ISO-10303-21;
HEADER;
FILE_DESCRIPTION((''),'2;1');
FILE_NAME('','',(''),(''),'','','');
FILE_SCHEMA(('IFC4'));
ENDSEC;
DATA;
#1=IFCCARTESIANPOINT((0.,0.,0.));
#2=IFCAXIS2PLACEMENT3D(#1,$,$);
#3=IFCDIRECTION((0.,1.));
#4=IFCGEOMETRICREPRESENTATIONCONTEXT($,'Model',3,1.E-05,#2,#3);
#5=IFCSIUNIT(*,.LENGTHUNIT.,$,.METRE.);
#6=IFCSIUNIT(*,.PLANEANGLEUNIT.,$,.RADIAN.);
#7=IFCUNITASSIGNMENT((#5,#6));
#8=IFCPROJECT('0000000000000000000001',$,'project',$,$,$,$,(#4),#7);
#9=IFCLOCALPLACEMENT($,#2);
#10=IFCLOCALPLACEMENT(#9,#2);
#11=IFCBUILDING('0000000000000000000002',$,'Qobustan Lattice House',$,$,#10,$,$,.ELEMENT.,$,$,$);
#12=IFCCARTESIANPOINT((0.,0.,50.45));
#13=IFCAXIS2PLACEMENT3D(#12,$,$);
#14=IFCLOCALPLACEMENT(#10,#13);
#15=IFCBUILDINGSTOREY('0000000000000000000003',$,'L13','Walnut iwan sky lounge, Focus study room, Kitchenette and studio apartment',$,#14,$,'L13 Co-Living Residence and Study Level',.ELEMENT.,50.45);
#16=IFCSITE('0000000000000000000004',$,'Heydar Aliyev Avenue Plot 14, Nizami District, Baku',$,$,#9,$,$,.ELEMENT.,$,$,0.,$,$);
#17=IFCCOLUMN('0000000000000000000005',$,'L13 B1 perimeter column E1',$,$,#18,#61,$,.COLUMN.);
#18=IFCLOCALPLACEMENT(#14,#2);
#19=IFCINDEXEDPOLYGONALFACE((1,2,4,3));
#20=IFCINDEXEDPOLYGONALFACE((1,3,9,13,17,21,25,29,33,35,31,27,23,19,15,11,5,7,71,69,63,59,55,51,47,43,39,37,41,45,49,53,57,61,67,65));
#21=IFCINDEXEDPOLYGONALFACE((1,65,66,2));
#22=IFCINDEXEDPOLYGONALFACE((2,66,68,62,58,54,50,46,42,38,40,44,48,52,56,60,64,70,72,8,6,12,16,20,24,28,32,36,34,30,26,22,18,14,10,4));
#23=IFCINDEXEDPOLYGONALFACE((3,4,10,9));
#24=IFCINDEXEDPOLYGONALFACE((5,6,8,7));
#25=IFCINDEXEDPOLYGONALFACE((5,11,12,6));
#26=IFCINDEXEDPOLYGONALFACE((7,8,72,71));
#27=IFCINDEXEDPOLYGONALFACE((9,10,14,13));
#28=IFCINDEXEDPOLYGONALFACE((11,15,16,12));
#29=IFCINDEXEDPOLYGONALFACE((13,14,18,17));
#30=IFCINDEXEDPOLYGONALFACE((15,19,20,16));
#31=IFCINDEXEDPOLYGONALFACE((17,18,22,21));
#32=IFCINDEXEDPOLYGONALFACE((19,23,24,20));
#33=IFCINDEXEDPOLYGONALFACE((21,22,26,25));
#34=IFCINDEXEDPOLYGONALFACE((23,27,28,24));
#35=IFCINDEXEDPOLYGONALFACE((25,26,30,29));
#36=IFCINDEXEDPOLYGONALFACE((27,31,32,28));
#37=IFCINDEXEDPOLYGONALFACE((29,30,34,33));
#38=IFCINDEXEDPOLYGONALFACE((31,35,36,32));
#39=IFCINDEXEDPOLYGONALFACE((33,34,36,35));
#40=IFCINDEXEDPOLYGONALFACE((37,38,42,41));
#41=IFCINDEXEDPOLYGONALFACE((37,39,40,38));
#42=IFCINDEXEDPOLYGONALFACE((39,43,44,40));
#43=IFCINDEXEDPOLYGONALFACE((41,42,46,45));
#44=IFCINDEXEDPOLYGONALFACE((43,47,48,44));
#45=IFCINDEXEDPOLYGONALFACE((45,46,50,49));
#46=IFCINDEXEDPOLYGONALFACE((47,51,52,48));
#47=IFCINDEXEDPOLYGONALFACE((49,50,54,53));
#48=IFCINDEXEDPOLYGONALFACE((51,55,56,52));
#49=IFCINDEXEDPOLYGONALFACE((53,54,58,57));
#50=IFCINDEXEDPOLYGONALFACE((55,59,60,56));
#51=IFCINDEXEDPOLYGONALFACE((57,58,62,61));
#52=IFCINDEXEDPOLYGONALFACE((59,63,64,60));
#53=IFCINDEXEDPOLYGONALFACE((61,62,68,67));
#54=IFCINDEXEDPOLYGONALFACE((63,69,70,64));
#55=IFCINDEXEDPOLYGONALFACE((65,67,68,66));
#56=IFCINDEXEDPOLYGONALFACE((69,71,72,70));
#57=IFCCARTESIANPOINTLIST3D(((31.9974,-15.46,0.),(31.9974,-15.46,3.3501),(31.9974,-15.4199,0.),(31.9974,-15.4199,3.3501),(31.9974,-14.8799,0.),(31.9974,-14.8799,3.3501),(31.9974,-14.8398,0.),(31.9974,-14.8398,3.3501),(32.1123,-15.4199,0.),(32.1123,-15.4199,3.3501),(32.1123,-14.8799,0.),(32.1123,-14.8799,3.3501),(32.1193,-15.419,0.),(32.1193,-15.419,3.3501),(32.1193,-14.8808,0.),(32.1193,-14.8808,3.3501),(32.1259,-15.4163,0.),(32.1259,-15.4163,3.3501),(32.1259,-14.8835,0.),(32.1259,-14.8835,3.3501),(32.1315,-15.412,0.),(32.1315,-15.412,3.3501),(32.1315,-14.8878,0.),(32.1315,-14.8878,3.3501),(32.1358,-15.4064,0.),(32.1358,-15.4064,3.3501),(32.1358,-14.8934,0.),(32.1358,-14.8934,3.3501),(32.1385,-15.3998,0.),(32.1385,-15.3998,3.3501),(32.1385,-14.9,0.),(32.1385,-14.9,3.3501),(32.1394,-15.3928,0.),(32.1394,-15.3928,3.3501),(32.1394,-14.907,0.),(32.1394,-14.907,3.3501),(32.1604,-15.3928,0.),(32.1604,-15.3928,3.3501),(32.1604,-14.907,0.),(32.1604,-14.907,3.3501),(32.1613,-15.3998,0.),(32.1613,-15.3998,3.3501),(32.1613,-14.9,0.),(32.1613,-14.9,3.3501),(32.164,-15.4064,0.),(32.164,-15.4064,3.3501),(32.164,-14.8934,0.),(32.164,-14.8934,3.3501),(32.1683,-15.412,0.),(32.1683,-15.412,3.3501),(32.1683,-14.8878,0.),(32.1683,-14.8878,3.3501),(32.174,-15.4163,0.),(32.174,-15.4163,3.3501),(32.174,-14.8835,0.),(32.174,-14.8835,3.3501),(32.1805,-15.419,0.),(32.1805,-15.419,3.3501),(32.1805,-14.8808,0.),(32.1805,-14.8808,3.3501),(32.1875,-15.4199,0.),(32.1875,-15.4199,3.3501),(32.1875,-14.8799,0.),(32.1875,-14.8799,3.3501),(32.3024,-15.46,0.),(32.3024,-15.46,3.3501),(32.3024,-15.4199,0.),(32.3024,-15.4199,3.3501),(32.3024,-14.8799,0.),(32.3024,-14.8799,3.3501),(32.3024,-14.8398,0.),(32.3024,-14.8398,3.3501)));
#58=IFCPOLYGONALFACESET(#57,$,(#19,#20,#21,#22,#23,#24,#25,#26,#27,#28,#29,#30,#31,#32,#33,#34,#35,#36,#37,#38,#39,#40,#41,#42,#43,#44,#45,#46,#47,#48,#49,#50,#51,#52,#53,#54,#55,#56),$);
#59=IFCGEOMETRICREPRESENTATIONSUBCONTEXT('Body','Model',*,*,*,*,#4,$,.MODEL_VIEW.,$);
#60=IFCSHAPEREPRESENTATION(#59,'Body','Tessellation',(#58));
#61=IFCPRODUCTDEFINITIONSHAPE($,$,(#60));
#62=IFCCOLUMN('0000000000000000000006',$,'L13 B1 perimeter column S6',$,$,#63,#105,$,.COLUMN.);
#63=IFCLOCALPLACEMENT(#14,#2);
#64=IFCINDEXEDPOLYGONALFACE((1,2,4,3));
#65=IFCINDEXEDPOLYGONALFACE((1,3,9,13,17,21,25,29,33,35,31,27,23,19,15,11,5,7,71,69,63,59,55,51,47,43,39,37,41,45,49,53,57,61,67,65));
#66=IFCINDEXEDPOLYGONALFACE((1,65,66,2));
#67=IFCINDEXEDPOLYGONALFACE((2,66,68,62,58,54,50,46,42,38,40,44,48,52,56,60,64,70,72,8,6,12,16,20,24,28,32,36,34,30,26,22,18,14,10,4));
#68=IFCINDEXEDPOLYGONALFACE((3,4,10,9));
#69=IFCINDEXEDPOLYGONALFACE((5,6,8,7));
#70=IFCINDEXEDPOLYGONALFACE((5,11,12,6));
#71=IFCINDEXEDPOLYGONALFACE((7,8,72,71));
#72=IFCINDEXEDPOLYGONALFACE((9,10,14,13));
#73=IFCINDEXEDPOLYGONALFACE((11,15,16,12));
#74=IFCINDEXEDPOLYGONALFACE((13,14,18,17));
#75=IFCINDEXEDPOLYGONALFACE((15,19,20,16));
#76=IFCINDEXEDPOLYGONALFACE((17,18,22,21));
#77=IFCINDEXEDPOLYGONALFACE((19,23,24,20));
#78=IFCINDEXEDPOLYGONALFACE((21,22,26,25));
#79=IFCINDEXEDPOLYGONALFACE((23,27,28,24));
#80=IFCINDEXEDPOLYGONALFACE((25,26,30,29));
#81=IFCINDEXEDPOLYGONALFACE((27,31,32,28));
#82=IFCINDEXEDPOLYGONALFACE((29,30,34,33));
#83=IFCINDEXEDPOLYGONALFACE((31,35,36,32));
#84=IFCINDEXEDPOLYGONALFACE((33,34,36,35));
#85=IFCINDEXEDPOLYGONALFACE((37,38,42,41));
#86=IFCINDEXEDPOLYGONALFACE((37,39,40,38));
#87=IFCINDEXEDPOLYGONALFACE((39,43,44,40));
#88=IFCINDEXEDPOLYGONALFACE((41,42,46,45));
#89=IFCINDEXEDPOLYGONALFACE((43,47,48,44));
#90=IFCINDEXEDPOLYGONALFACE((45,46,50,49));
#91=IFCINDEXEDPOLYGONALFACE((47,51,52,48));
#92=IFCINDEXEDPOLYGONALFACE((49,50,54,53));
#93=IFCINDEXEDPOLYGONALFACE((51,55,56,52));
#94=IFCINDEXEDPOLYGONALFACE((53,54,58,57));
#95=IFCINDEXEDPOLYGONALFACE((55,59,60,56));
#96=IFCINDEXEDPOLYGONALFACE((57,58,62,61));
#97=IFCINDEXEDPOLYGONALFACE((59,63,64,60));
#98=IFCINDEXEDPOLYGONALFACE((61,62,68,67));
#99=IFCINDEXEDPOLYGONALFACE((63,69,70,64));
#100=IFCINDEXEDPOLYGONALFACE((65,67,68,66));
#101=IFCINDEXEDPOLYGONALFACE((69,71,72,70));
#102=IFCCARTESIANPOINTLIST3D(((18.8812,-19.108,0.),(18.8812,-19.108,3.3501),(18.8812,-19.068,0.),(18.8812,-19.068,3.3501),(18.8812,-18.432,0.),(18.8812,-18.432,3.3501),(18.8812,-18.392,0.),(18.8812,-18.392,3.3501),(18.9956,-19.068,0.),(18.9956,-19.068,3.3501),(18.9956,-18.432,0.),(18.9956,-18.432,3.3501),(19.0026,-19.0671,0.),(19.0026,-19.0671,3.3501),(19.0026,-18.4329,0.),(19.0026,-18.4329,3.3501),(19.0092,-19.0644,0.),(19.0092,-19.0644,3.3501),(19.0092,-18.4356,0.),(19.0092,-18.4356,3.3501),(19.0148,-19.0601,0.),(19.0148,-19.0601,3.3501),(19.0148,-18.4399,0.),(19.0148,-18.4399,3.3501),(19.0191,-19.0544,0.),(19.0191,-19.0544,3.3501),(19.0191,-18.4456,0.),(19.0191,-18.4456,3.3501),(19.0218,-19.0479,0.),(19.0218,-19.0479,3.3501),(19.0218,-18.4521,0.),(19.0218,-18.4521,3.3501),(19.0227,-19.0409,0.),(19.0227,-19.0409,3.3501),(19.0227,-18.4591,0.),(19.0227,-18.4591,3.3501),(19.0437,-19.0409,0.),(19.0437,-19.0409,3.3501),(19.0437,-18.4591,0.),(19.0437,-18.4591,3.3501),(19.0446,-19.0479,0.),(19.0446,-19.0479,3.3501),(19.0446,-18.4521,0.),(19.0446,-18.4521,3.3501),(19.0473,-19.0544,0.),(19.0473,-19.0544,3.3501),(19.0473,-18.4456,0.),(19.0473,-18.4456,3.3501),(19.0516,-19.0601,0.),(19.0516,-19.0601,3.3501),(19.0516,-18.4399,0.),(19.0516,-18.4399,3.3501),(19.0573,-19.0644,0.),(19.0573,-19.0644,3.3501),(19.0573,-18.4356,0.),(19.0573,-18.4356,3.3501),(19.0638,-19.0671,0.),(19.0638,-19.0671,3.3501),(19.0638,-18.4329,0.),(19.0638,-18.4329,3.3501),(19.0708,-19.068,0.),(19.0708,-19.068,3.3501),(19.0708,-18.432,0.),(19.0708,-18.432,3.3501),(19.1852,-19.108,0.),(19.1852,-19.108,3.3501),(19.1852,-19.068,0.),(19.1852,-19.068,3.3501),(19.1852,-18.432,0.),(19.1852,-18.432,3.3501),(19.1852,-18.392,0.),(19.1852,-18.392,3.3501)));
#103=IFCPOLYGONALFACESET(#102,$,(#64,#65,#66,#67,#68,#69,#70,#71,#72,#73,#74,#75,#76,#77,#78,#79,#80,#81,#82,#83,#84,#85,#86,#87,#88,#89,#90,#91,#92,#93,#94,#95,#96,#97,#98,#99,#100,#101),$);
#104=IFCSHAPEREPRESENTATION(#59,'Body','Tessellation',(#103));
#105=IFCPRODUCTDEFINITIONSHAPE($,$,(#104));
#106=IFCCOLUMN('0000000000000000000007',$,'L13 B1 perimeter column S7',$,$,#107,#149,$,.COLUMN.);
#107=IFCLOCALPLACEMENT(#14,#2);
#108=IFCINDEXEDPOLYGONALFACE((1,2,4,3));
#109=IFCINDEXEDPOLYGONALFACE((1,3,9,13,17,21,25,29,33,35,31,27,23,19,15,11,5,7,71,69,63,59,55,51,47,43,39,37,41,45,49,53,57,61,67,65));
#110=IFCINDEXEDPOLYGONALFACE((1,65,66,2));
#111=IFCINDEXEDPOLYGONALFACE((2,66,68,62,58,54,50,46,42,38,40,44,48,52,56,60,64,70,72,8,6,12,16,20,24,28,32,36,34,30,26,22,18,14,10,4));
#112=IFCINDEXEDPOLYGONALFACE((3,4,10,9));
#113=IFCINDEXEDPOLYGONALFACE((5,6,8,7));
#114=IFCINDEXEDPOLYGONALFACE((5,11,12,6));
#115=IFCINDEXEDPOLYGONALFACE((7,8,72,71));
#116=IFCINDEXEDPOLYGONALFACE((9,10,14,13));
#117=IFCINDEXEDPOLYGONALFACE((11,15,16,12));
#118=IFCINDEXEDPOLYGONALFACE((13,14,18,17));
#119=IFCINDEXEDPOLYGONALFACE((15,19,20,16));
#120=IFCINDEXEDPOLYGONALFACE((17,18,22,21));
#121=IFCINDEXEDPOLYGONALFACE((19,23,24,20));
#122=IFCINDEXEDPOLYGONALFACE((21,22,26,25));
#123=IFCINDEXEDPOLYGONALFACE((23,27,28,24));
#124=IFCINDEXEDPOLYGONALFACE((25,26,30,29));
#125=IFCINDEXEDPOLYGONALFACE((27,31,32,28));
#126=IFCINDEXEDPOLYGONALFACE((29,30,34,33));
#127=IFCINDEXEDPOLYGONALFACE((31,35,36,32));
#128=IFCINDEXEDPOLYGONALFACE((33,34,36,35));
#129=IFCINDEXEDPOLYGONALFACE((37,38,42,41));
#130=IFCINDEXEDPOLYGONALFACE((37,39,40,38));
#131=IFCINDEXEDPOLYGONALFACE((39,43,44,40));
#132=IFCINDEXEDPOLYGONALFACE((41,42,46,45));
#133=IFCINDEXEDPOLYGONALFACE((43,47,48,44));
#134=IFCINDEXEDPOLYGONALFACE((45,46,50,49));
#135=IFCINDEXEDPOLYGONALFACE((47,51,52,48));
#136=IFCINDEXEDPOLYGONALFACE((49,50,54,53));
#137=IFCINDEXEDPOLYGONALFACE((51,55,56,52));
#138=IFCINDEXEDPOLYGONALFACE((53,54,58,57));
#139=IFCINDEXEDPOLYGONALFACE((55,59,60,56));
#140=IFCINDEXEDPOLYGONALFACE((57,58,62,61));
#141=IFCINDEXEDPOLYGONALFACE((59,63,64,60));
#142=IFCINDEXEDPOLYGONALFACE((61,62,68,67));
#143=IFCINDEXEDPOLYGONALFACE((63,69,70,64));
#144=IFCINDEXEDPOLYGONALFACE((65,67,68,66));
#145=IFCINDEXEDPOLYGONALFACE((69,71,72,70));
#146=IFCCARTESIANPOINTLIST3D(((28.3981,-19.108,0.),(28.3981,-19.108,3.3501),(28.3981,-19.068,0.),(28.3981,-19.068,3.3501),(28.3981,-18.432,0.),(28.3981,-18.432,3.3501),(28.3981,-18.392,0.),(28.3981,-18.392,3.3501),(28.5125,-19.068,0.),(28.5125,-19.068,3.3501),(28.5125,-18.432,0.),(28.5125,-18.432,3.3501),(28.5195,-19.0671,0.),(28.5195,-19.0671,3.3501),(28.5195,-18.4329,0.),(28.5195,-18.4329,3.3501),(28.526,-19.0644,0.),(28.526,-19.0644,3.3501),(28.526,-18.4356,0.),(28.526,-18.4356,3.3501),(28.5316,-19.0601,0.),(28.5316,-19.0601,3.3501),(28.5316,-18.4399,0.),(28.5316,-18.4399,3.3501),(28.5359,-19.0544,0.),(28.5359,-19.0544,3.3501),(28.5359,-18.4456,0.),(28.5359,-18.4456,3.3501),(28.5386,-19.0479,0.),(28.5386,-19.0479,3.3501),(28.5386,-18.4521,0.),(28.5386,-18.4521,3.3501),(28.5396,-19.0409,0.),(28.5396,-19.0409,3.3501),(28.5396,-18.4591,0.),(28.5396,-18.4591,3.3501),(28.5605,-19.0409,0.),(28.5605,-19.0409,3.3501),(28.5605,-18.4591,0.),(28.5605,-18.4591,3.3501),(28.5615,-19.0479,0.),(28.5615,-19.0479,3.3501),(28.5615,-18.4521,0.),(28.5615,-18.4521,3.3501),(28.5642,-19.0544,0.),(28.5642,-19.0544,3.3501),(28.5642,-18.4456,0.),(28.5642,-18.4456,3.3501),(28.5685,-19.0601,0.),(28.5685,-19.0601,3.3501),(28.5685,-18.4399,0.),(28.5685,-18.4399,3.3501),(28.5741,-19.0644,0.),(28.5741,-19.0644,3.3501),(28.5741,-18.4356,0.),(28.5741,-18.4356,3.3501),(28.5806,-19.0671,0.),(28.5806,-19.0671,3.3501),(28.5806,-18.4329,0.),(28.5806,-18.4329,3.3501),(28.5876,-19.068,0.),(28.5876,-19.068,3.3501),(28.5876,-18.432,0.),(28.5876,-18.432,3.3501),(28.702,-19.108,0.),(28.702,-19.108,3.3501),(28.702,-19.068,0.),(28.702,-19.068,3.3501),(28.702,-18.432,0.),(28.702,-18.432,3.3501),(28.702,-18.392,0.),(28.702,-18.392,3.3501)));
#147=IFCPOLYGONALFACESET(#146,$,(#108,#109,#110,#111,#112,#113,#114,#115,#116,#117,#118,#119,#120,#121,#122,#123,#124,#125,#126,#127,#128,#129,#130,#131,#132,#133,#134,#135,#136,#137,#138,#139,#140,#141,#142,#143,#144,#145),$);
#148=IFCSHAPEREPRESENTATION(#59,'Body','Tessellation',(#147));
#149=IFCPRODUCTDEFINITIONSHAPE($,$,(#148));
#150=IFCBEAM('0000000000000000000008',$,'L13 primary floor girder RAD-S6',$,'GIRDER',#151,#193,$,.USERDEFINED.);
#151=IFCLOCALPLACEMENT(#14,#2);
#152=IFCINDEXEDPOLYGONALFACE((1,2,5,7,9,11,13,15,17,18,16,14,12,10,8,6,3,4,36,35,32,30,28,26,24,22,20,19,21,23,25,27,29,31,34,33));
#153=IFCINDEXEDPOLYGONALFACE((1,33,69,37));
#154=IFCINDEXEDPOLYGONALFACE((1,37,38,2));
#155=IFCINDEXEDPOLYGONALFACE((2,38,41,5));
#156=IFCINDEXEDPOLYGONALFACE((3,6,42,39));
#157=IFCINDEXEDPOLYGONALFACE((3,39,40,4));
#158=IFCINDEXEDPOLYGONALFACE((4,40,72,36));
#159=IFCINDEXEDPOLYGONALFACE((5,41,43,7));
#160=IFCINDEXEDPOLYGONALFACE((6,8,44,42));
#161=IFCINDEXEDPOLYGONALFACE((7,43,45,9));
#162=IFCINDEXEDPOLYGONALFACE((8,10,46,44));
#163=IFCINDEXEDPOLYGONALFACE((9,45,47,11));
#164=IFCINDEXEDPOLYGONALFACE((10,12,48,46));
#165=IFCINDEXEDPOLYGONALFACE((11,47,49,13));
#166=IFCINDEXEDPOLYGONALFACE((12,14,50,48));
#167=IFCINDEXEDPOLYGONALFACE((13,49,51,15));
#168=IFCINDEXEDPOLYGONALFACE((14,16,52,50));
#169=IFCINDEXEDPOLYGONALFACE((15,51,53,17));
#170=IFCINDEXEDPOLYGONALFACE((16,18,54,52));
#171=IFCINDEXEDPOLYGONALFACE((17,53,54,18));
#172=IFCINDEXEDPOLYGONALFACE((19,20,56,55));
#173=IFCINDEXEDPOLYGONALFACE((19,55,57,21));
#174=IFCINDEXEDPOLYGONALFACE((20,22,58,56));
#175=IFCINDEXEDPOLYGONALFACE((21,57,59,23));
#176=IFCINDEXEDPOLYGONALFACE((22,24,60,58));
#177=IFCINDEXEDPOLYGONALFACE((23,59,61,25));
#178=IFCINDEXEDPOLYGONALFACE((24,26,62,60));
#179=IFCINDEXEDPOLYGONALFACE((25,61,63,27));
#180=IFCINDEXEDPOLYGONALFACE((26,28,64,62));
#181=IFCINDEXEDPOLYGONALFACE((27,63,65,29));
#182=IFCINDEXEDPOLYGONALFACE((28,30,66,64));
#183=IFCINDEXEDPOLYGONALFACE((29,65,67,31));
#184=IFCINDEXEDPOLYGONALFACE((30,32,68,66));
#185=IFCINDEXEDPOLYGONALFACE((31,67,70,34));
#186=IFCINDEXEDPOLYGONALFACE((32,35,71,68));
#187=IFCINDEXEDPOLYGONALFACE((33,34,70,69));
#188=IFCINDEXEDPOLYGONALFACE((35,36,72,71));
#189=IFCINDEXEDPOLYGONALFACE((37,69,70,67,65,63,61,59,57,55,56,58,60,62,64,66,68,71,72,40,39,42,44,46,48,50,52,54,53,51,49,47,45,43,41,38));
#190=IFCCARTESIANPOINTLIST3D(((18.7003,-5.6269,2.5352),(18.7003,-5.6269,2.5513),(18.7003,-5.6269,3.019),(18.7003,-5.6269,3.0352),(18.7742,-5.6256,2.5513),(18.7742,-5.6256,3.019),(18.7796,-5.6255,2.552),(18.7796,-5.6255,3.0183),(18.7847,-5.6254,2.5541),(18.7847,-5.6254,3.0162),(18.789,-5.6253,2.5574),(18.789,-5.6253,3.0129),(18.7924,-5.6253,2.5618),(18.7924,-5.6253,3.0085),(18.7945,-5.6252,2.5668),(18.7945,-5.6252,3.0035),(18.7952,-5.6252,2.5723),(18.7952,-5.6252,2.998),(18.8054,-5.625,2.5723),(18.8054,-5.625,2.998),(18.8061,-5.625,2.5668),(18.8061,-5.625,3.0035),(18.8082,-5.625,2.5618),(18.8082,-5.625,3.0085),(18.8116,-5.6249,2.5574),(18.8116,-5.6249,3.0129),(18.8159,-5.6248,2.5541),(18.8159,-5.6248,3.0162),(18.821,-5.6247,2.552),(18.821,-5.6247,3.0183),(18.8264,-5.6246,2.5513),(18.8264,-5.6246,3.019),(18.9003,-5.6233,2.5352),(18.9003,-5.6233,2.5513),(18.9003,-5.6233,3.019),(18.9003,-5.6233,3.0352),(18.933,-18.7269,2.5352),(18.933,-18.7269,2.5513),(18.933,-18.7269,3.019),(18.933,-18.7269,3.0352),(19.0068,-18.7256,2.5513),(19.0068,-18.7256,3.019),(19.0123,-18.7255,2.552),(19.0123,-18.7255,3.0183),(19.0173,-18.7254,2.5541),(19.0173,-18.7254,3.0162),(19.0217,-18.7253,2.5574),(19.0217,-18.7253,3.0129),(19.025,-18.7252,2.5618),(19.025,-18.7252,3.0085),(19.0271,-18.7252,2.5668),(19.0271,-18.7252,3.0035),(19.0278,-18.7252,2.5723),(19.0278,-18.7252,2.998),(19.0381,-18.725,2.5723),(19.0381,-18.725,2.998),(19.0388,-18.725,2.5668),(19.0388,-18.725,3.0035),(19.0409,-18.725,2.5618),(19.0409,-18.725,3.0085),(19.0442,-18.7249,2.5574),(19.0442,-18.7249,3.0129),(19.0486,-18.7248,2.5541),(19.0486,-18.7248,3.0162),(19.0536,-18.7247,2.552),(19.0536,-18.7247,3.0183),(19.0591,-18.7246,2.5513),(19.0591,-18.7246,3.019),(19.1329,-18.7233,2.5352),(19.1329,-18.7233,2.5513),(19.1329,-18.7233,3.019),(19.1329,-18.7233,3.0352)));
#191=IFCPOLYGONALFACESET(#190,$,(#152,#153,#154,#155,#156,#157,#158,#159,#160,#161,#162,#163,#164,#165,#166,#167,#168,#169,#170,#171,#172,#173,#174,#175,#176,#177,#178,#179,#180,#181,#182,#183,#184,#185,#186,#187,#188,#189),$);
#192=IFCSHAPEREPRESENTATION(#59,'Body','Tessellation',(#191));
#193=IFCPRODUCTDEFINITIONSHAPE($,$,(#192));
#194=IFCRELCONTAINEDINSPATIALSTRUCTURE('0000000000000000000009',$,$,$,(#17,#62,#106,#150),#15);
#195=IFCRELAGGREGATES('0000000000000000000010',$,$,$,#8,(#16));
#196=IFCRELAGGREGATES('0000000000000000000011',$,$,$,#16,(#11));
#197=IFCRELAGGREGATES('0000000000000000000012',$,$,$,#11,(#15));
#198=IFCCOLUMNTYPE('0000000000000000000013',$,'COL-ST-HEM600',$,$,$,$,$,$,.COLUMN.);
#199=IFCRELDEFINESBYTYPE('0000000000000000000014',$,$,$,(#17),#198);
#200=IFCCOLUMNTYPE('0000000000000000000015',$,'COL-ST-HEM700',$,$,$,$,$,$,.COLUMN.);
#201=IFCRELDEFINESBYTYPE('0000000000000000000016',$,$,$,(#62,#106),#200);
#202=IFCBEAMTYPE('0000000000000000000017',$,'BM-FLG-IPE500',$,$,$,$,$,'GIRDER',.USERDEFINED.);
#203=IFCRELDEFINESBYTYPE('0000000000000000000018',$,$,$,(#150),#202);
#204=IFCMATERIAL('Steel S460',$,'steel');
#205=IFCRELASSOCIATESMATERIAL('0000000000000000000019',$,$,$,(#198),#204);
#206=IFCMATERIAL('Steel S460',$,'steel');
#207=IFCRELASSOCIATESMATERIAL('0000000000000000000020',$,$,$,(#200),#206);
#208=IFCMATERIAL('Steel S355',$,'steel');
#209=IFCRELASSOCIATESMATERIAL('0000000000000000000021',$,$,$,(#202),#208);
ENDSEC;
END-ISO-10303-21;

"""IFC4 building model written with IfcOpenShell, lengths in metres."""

from ifc_helpers import new_model, si_unit, direction, frame, origin, origin_2d, place, context, subcontext, project, spatial, i_section, extrude, material, material_profile, profile_set, type_object, element, save


model = new_model("IFC4")

# Units and contexts
model_context = context("Model", 3, precision=1e-05, world=origin(), true_north=direction((0.0, 1.0)))
body_context = subcontext(model_context, "Body", "Model", "MODEL_VIEW")
ifc_project = project(units=[si_unit("LENGTHUNIT", "METRE"), si_unit("PLANEANGLEUNIT", "RADIAN")], contexts=[model_context])

# Site, building, storey
site_placement = place(None, origin())
site = spatial("IfcSite", under=ifc_project, at=site_placement, Name="Heydar Aliyev Avenue Plot 14, Nizami District, Baku", CompositionType="ELEMENT", RefElevation=0.0)
building_placement = place(site_placement, origin())
building = spatial("IfcBuilding", under=site, at=building_placement, Name="Qobustan Lattice House", CompositionType="ELEMENT")
storey_placement = place(building_placement, frame((0.0, 0.0, 50.45)))
storey = spatial("IfcBuildingStorey", under=building, at=storey_placement, Name="L13", Description="Walnut iwan sky lounge, Focus study room, Kitchenette and studio apartment", LongName="L13 Co-Living Residence and Study Level", CompositionType="ELEMENT", Elevation=50.45)

# Columns
ifc_material_1 = material(Name="Steel S460", Category="steel")
ifc_material_profile_1 = material_profile(ifc_material_1, i_section(OverallWidth=0.3049, OverallDepth=0.6201, WebThickness=0.021, FlangeThickness=0.04, FilletRadius=0.0271, at=origin_2d()), Name="HEM600")
ifc_profile_set_1 = profile_set([ifc_material_profile_1], Name="Steel S460")
column_type_1 = type_object("IfcColumnType", Name="COL-ST-HEM600", PredefinedType="COLUMN", material=ifc_profile_set_1)
column_placement = place(storey_placement, frame((32.1499, -15.1499, 0.0), z_axis=(0.0, 0.0, 1.0), x_axis=(1.0, 0.0, 0.0)))
element("IfcColumn", 1, at=column_placement, inside=storey, type_object=column_type_1, Name="L13 B1 perimeter column E1", PredefinedType="COLUMN", context=body_context, shape_type="SweptSolid", body=[
    extrude(i_section(OverallWidth=0.3049, OverallDepth=0.6201, WebThickness=0.021, FlangeThickness=0.04, FilletRadius=0.0271, at=origin_2d()), origin(), (0.0, 0.0, 1.0), 3.3501),
])
ifc_material_2 = material(Name="Steel S460", Category="steel")
ifc_material_profile_2 = material_profile(ifc_material_2, i_section(OverallWidth=0.304, OverallDepth=0.7161, WebThickness=0.021, FlangeThickness=0.04, FilletRadius=0.0271, at=origin_2d()), Name="HEM700")
ifc_profile_set_2 = profile_set([ifc_material_profile_2], Name="Steel S460")
column_type_2 = type_object("IfcColumnType", Name="COL-ST-HEM700", PredefinedType="COLUMN", material=ifc_profile_set_2)
for number, where, z_axis, x_axis, name in (
    (2, (19.0332, -18.75, 0.0), (0.0, 0.0, 1.0), (1.0, 0.0, 0.0), "L13 B1 perimeter column S6"),
    (3, (28.55, -18.75, 0.0), (0.0, 0.0, 1.0), (1.0, 0.0, 0.0), "L13 B1 perimeter column S7"),
):
    element("IfcColumn", number, at=place(storey_placement, frame(where, z_axis=z_axis, x_axis=x_axis)), inside=storey, type_object=column_type_2, Name=name, PredefinedType="COLUMN", context=body_context, shape_type="SweptSolid", body=[
        extrude(i_section(OverallWidth=0.304, OverallDepth=0.7161, WebThickness=0.021, FlangeThickness=0.04, FilletRadius=0.0271, at=origin_2d()), origin(), (0.0, 0.0, 1.0), 3.3501),
    ])

# Beam
ifc_material_3 = material(Name="Steel S355", Category="steel")
ifc_material_profile_3 = material_profile(ifc_material_3, i_section(OverallWidth=0.2, OverallDepth=0.5, WebThickness=0.0103, FlangeThickness=0.0161, FilletRadius=0.021, at=origin_2d()), Name="IPE500")
ifc_profile_set_3 = profile_set([ifc_material_profile_3], Name="Steel S355")
beam_type_1 = type_object("IfcBeamType", Name="BM-FLG-IPE500", ElementType="GIRDER", PredefinedType="USERDEFINED", material=ifc_profile_set_3)
beam_1_placement = place(storey_placement, frame((19.033, -18.7251, 2.7852), z_axis=(-0.017758, 0.999842, 0.0), x_axis=(-0.999842, -0.017758, 0.0)))
element("IfcBeam", 4, at=beam_1_placement, inside=storey, type_object=beam_type_1, Name="L13 primary floor girder RAD-S6", ObjectType="GIRDER", PredefinedType="USERDEFINED", context=body_context, shape_type="SweptSolid", body=[
    extrude(i_section(OverallWidth=0.2, OverallDepth=0.5, WebThickness=0.0103, FlangeThickness=0.0161, FilletRadius=0.021, at=origin_2d()), origin(), (0.0, 0.0, 1.0), 13.1021),
])

save(model, "model.ifc")
